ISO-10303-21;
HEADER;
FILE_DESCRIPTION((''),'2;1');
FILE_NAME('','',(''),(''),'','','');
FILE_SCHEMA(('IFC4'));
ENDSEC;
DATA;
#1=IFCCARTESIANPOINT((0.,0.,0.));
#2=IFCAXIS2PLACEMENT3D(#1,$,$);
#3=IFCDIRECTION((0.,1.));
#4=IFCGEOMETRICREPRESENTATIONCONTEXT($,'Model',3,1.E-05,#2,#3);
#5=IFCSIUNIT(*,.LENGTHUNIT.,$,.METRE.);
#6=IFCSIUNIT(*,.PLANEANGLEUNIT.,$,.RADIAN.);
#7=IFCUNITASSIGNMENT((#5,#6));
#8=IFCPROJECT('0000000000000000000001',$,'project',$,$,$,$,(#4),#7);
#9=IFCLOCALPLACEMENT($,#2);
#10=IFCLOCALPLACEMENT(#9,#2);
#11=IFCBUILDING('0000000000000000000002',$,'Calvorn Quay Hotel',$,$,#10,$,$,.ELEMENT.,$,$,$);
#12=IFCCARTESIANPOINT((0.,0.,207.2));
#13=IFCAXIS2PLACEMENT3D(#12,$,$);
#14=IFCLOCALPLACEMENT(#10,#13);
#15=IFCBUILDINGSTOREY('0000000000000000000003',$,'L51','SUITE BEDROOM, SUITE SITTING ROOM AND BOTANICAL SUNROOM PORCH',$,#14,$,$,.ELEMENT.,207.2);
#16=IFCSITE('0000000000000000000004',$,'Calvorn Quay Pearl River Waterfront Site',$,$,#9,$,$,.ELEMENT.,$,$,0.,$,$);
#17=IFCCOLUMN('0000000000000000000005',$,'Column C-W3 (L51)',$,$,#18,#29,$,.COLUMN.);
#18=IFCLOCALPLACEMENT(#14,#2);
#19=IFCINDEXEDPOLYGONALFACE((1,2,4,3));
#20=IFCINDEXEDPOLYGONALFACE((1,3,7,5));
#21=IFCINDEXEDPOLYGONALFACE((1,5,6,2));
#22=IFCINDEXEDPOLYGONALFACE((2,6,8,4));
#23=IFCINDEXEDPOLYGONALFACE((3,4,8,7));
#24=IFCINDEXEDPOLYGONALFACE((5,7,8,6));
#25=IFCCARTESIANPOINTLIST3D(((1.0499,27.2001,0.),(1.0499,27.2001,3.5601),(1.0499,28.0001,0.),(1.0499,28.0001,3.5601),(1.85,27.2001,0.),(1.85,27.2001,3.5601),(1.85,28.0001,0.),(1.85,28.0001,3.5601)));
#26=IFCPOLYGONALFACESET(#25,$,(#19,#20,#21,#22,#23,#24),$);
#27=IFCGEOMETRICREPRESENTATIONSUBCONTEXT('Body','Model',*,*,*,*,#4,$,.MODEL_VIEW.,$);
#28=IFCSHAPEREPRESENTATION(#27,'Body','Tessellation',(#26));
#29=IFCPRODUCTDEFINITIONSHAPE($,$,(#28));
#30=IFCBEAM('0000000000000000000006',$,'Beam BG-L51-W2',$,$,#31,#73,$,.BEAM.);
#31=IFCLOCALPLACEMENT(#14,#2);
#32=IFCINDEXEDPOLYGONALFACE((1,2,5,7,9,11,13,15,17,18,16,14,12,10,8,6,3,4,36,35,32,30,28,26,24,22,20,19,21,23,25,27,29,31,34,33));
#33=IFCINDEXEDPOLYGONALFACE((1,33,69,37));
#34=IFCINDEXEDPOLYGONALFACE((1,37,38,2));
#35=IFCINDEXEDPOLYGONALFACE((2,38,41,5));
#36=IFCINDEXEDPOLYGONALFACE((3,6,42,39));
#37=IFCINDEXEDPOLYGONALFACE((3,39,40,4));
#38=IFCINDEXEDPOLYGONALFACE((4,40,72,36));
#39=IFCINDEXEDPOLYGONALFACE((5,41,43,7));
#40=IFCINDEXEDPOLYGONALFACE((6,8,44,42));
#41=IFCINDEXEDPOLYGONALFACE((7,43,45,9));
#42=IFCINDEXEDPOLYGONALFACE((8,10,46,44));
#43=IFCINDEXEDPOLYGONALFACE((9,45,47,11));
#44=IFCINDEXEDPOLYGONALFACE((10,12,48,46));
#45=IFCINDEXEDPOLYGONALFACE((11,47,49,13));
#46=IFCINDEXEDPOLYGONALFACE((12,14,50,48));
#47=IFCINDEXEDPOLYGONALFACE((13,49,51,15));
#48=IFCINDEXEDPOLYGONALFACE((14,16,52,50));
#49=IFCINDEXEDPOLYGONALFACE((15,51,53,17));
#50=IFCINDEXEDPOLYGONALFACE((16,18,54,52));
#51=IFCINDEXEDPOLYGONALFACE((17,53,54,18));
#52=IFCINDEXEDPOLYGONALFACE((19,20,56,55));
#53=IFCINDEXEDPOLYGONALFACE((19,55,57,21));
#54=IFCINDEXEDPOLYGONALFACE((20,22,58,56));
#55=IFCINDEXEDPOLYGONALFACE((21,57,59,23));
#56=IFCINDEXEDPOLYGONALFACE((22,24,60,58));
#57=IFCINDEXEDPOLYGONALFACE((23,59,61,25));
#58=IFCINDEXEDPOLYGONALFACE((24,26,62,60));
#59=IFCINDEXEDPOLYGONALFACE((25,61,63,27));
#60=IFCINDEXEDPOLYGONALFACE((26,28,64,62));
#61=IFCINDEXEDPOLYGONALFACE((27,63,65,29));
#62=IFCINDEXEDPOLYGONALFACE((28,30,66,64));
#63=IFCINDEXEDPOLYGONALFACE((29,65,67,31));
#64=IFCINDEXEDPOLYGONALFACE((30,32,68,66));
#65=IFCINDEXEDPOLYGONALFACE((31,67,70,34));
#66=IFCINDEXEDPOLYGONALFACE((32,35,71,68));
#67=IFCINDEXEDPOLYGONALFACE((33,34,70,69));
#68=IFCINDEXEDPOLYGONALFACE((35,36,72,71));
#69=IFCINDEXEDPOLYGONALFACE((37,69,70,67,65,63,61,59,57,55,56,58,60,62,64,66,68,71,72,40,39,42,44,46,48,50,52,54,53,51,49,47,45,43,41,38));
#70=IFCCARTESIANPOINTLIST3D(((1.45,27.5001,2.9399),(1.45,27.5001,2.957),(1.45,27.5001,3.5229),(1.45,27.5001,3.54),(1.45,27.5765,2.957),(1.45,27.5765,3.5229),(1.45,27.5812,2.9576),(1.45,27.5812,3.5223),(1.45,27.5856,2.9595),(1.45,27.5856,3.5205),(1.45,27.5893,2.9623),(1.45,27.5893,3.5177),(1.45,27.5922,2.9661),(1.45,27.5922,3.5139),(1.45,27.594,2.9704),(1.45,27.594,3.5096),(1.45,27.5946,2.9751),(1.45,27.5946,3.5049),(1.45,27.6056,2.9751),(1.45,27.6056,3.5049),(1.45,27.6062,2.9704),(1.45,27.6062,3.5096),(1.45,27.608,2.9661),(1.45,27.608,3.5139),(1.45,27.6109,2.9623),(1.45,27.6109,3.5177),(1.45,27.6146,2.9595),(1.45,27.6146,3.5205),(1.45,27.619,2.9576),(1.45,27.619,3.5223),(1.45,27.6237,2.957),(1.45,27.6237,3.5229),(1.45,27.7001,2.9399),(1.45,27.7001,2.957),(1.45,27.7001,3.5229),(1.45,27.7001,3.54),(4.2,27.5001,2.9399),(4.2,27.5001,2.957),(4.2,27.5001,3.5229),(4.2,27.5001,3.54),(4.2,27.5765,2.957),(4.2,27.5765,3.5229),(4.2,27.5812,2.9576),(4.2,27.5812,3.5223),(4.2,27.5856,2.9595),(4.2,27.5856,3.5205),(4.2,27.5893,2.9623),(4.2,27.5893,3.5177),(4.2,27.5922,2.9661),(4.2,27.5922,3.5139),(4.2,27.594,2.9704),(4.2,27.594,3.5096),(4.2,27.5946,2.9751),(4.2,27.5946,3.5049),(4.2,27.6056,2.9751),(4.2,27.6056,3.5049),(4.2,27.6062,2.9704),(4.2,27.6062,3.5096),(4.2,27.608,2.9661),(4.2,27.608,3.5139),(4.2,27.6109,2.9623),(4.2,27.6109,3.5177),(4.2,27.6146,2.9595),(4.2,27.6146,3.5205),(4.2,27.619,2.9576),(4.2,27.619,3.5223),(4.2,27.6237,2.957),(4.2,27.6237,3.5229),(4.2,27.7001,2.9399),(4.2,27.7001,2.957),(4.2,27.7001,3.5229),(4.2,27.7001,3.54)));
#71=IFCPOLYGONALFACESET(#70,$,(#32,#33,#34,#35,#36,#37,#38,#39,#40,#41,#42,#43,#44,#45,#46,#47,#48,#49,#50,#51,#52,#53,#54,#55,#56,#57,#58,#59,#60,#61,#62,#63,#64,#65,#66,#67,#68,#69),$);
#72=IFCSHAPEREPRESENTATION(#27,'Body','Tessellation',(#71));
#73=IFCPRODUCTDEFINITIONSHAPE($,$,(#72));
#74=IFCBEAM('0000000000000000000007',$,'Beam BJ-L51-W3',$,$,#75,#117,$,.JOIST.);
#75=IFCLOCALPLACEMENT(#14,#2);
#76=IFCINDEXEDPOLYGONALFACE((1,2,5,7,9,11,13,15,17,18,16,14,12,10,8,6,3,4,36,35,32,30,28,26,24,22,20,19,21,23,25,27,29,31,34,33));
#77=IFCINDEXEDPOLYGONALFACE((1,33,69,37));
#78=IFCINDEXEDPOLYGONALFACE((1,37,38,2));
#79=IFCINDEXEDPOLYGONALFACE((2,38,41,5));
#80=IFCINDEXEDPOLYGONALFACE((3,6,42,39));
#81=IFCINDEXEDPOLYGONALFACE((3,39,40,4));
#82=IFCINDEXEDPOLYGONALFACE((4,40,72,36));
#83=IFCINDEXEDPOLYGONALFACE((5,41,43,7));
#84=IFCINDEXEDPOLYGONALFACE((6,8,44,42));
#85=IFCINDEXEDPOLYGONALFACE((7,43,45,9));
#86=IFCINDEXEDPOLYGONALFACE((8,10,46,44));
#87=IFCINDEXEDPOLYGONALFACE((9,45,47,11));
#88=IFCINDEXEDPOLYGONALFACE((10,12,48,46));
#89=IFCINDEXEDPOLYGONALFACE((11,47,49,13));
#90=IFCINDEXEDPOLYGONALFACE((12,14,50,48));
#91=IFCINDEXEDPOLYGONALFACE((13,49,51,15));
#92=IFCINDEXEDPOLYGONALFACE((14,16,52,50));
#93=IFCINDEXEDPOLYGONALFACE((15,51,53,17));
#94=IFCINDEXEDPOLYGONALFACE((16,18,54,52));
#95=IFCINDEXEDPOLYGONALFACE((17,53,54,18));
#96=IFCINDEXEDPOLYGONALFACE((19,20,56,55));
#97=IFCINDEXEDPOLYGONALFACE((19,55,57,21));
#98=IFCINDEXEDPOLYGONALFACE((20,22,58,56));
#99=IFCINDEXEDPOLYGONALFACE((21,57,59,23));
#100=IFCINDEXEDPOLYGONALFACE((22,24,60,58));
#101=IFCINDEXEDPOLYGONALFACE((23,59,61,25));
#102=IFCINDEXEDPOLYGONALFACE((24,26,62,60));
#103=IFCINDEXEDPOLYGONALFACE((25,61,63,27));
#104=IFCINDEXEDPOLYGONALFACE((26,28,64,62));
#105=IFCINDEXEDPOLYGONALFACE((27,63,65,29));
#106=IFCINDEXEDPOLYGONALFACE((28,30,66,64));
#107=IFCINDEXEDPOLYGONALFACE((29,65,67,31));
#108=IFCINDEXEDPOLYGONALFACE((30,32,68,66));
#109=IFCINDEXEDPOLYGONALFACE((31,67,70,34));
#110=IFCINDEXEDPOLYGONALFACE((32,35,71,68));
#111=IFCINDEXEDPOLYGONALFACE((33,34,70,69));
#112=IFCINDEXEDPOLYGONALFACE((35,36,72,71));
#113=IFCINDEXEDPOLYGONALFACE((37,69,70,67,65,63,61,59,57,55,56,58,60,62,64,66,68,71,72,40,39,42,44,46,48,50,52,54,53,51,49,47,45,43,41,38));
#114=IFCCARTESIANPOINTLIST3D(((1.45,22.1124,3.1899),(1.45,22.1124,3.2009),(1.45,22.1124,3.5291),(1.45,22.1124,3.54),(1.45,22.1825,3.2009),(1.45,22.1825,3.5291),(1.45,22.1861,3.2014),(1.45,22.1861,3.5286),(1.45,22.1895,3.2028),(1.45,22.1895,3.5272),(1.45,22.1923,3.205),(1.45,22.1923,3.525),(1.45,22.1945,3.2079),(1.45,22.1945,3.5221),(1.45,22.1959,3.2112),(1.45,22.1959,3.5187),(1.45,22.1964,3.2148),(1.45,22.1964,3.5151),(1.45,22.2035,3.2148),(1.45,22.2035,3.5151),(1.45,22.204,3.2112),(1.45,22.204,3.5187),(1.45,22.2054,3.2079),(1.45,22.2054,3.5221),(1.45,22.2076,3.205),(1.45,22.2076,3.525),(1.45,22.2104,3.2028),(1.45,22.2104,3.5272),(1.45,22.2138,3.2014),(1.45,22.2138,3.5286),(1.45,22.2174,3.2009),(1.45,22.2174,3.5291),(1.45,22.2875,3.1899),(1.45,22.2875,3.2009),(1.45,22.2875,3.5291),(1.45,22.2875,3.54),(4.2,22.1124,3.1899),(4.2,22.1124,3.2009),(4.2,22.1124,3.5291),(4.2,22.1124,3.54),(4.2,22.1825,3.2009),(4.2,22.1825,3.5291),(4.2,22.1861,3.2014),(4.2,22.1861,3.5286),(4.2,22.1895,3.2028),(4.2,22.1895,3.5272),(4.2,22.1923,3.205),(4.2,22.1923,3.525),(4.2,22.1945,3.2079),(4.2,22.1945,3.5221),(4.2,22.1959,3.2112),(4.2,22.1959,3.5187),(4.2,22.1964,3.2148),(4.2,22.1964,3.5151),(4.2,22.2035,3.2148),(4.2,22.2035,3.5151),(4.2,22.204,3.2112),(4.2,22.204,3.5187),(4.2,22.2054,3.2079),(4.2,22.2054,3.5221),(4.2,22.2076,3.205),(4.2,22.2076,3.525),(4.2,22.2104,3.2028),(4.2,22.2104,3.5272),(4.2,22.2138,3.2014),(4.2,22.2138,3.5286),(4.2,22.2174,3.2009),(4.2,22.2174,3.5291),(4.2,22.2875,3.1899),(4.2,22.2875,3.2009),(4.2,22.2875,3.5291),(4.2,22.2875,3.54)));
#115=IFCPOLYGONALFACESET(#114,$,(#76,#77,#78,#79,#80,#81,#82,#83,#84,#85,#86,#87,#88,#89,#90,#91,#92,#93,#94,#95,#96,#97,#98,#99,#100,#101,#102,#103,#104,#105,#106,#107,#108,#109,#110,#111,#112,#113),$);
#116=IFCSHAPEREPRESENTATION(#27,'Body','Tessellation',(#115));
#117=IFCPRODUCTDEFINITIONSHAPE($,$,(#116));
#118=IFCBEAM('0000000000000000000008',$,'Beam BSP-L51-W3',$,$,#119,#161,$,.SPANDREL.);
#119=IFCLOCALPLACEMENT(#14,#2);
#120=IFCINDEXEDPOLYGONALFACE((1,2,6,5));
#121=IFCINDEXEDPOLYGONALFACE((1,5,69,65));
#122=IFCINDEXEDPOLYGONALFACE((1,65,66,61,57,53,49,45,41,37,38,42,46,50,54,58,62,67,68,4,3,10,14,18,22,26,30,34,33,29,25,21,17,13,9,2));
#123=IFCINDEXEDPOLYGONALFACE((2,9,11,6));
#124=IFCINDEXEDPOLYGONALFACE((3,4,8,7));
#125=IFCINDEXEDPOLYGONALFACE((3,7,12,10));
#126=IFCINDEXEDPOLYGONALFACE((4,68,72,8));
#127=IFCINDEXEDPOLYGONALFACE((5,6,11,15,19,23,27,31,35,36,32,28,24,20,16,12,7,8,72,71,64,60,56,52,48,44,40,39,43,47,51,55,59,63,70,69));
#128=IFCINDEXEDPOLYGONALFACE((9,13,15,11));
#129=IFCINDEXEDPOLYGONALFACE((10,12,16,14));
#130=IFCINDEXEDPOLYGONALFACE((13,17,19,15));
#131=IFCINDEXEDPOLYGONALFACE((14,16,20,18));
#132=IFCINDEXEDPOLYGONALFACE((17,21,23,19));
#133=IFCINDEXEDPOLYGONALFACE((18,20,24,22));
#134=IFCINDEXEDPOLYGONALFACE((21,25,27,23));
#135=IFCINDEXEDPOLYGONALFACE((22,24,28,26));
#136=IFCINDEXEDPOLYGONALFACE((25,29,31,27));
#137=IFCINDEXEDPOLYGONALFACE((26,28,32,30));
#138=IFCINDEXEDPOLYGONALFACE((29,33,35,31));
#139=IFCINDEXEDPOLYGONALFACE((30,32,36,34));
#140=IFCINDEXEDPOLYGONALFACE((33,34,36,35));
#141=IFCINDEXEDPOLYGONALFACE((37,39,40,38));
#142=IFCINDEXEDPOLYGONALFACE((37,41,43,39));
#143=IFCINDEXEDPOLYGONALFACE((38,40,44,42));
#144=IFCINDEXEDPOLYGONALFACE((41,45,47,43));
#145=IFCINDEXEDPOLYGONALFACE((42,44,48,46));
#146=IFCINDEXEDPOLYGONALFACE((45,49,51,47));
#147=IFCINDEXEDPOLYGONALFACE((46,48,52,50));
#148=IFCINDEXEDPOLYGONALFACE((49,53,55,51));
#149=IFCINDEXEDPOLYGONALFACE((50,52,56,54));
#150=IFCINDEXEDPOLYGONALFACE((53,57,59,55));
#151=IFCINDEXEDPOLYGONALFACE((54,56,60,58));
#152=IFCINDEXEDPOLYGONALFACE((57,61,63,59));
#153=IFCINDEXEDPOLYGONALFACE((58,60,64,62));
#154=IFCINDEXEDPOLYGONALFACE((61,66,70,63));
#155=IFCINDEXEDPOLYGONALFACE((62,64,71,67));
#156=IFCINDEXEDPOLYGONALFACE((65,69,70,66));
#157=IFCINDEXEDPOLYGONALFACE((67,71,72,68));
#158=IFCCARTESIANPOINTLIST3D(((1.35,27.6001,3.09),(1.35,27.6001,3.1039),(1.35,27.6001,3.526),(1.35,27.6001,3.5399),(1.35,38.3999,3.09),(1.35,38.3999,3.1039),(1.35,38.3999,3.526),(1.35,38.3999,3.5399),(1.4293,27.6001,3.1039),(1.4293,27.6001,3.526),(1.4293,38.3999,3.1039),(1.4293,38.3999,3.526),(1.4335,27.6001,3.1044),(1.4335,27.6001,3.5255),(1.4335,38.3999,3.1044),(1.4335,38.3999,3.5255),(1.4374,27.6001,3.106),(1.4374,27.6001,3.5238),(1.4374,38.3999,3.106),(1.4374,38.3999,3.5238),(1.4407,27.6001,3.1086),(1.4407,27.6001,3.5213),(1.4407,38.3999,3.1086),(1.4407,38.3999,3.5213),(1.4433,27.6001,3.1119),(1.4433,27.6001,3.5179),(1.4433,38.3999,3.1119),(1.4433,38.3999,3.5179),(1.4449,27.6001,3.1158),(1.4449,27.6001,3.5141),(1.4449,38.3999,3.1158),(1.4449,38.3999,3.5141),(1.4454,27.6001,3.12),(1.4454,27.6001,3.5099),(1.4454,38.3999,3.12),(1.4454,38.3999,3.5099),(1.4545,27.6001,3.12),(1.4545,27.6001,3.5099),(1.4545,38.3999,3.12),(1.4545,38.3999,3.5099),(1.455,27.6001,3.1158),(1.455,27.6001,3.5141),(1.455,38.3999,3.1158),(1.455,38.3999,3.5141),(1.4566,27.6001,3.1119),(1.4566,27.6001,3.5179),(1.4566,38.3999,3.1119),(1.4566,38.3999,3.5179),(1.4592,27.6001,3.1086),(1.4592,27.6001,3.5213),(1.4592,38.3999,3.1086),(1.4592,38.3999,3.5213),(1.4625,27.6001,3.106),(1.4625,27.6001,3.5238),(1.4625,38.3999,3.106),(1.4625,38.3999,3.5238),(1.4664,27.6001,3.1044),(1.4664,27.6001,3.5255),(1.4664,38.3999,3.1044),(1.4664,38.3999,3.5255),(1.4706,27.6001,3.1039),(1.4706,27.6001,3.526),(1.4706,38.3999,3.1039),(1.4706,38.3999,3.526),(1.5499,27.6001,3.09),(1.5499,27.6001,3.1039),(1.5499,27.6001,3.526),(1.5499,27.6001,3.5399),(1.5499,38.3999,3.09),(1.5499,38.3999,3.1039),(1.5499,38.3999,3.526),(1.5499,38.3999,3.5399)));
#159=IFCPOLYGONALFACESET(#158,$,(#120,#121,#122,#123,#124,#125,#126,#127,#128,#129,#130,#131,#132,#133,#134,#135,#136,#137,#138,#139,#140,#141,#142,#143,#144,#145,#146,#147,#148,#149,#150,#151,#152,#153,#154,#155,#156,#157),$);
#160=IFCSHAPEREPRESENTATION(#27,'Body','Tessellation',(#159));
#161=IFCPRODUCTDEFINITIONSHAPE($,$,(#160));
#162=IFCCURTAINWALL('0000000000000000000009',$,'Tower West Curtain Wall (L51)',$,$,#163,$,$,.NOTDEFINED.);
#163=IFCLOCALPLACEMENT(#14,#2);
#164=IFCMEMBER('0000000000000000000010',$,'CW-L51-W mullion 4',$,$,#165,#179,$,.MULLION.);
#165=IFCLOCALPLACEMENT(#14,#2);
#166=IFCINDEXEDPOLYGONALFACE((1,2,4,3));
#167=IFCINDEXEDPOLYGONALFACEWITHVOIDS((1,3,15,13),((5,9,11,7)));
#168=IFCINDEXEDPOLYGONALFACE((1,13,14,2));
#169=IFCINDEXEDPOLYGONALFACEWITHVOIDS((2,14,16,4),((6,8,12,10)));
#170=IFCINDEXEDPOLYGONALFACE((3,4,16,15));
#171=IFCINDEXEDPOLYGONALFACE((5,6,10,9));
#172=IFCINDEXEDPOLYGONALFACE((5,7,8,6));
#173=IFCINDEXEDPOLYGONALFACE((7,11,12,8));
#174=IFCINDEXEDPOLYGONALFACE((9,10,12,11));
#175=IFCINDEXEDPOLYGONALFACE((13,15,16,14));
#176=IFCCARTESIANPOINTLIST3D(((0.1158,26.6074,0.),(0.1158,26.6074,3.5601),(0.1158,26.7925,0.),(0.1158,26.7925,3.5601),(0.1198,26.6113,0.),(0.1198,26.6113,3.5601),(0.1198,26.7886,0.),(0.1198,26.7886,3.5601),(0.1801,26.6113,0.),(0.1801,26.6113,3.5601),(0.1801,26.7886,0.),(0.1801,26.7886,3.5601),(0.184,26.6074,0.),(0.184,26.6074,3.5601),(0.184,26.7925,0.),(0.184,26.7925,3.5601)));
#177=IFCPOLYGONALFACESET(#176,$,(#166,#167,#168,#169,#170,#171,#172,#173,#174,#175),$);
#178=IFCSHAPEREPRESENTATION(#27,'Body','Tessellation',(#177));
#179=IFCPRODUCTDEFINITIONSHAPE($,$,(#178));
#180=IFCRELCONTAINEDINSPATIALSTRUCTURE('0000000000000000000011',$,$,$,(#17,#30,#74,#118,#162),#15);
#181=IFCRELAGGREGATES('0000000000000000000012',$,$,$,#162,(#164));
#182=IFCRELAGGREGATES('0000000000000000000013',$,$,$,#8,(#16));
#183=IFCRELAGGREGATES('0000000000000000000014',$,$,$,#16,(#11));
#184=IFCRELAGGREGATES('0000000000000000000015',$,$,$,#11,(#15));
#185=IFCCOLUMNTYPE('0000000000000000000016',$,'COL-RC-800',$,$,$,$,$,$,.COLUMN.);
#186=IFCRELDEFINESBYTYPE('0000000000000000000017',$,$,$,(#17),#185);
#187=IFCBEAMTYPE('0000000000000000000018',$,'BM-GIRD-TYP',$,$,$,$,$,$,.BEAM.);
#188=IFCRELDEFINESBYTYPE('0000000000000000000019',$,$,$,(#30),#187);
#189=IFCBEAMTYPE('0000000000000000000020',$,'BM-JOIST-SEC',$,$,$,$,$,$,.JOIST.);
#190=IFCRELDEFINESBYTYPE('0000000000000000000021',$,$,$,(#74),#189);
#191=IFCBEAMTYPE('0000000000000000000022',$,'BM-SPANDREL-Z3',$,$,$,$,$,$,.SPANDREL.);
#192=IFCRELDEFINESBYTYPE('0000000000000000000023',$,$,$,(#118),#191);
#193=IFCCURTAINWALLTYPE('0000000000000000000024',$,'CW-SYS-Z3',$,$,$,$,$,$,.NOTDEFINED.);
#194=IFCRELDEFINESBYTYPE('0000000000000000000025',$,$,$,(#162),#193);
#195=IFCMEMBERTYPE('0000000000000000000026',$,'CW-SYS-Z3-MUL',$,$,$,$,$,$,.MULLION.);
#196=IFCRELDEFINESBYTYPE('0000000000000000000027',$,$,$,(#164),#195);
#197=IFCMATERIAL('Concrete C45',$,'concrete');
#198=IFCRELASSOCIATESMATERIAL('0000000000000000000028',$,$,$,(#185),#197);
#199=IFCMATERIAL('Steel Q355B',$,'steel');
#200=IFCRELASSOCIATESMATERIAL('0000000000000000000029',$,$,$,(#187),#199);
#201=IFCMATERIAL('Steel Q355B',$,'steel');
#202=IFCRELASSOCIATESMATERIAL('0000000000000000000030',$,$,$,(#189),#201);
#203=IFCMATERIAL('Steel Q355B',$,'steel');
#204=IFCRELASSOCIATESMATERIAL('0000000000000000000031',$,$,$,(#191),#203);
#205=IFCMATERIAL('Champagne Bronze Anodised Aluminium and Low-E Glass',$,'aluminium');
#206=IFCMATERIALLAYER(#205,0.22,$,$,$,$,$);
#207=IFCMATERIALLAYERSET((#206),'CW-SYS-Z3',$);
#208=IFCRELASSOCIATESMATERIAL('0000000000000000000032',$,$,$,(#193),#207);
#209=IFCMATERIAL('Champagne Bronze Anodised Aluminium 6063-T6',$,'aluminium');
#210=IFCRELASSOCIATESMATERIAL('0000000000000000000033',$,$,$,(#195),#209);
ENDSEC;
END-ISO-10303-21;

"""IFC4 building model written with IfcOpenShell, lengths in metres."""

from ifc_helpers import new_model, si_unit, direction, frame, origin, origin_2d, place, context, subcontext, project, spatial, rectangle, hollow_rectangle, i_section, extrude, material, layer, layer_set, material_profile, profile_set, type_object, element, aggregate, save


model = new_model("IFC4")

# Units and contexts
model_context = context("Model", 3, precision=1e-05, world=origin(), true_north=direction((0.0, 1.0)))
body_context = subcontext(model_context, "Body", "Model", "MODEL_VIEW")
ifc_project = project(units=[si_unit("LENGTHUNIT", "METRE"), si_unit("PLANEANGLEUNIT", "RADIAN")], contexts=[model_context])

# Site, building, storey
site_placement = place(None, origin())
site = spatial("IfcSite", under=ifc_project, at=site_placement, Name="Calvorn Quay Pearl River Waterfront Site", CompositionType="ELEMENT", RefElevation=0.0)
building_placement = place(site_placement, origin())
building = spatial("IfcBuilding", under=site, at=building_placement, Name="Calvorn Quay Hotel", CompositionType="ELEMENT")
storey_placement = place(building_placement, frame((0.0, 0.0, 207.2)))
storey = spatial("IfcBuildingStorey", under=building, at=storey_placement, Name="L51", Description="SUITE BEDROOM, SUITE SITTING ROOM AND BOTANICAL SUNROOM PORCH", CompositionType="ELEMENT", Elevation=207.2)

# Column
ifc_material_1 = material(Name="Concrete C45", Category="concrete")
ifc_material_profile_1 = material_profile(ifc_material_1, rectangle(XDim=0.8, YDim=0.8, at=origin_2d()), Name="RC800x800")
ifc_profile_set_1 = profile_set([ifc_material_profile_1], Name="Concrete C45")
column_type = type_object("IfcColumnType", Name="COL-RC-800", PredefinedType="COLUMN", material=ifc_profile_set_1)
column_placement = place(storey_placement, frame((1.45, 27.6001, 0.0), z_axis=(0.0, 0.0, 1.0), x_axis=(1.0, 0.0, 0.0)))
element("IfcColumn", 1, at=column_placement, inside=storey, type_object=column_type, Name="Column C-W3 (L51)", PredefinedType="COLUMN", context=body_context, shape_type="SweptSolid", body=[
    extrude(rectangle(XDim=0.8, YDim=0.8, at=origin_2d()), origin(), (0.0, 0.0, 1.0), 3.5601),
])

# Beams
ifc_material_2 = material(Name="Steel Q355B", Category="steel")
ifc_material_profile_2 = material_profile(ifc_material_2, i_section(OverallWidth=0.2, OverallDepth=0.6001, WebThickness=0.011, FlangeThickness=0.0171, FilletRadius=0.0181, at=origin_2d()), Name="HN600x200x11x17")
ifc_profile_set_2 = profile_set([ifc_material_profile_2], Name="Steel Q355B")
beam_type_1 = type_object("IfcBeamType", Name="BM-GIRD-TYP", PredefinedType="BEAM", material=ifc_profile_set_2)
beam_1_placement = place(storey_placement, frame((1.45, 27.6001, 3.24), z_axis=(1.0, 0.0, 0.0), x_axis=(0.0, 1.0, 0.0)))
element("IfcBeam", 2, at=beam_1_placement, inside=storey, type_object=beam_type_1, Name="Beam BG-L51-W2", PredefinedType="BEAM", context=body_context, shape_type="SweptSolid", body=[
    extrude(i_section(OverallWidth=0.2, OverallDepth=0.6001, WebThickness=0.011, FlangeThickness=0.0171, FilletRadius=0.0181, at=origin_2d()), origin(), (0.0, 0.0, 1.0), 2.75),
])
ifc_material_3 = material(Name="Steel Q355B", Category="steel")
ifc_material_profile_3 = material_profile(ifc_material_3, i_section(OverallWidth=0.175, OverallDepth=0.3501, WebThickness=0.0071, FlangeThickness=0.011, FilletRadius=0.0139, at=origin_2d()), Name="HN350x175x7x11")
ifc_profile_set_3 = profile_set([ifc_material_profile_3], Name="Steel Q355B")
beam_type_2 = type_object("IfcBeamType", Name="BM-JOIST-SEC", PredefinedType="JOIST", material=ifc_profile_set_3)
beam_2_placement = place(storey_placement, frame((1.45, 22.2, 3.365), z_axis=(1.0, 0.0, 0.0), x_axis=(0.0, 1.0, 0.0)))
element("IfcBeam", 3, at=beam_2_placement, inside=storey, type_object=beam_type_2, Name="Beam BJ-L51-W3", PredefinedType="JOIST", context=body_context, shape_type="SweptSolid", body=[
    extrude(i_section(OverallWidth=0.175, OverallDepth=0.3501, WebThickness=0.0071, FlangeThickness=0.011, FilletRadius=0.0139, at=origin_2d()), origin(), (0.0, 0.0, 1.0), 2.75),
])
ifc_material_4 = material(Name="Steel Q355B", Category="steel")
ifc_material_profile_4 = material_profile(ifc_material_4, i_section(OverallWidth=0.2, OverallDepth=0.45, WebThickness=0.009, FlangeThickness=0.0139, FilletRadius=0.0161, at=origin_2d()), Name="HN450x200x9x14")
ifc_profile_set_4 = profile_set([ifc_material_profile_4], Name="Steel Q355B")
beam_type_3 = type_object("IfcBeamType", Name="BM-SPANDREL-Z3", PredefinedType="SPANDREL", material=ifc_profile_set_4)
beam_3_placement = place(storey_placement, frame((1.45, 27.6001, 3.3149), z_axis=(0.0, 1.0, 0.0), x_axis=(-1.0, 0.0, 0.0)))
element("IfcBeam", 4, at=beam_3_placement, inside=storey, type_object=beam_type_3, Name="Beam BSP-L51-W3", PredefinedType="SPANDREL", context=body_context, shape_type="SweptSolid", body=[
    extrude(i_section(OverallWidth=0.2, OverallDepth=0.45, WebThickness=0.009, FlangeThickness=0.0139, FilletRadius=0.0161, at=origin_2d()), origin(), (0.0, 0.0, 1.0), 10.7998),
])

# Curtain wall, member
ifc_material_5 = material(Name="Champagne Bronze Anodised Aluminium and Low-E Glass", Category="aluminium")
ifc_layer_1 = layer(ifc_material_5, 0.22)
ifc_layer_set_1 = layer_set([ifc_layer_1], Name="CW-SYS-Z3")
curtain_wall_type = type_object("IfcCurtainWallType", Name="CW-SYS-Z3", PredefinedType="NOTDEFINED", material=ifc_layer_set_1)
curtain_wall_placement = place(storey_placement, origin())
curtain_wall = element("IfcCurtainWall", 5, at=curtain_wall_placement, inside=storey, type_object=curtain_wall_type, Name="Tower West Curtain Wall (L51)", PredefinedType="NOTDEFINED")
ifc_material_6 = material(Name="Champagne Bronze Anodised Aluminium 6063-T6", Category="aluminium")
ifc_material_profile_5 = material_profile(ifc_material_6, hollow_rectangle(XDim=0.0681, YDim=0.1851, WallThickness=0.0039, at=origin_2d()), Name="ALU-M185x68x4")
ifc_profile_set_5 = profile_set([ifc_material_profile_5], Name="Champagne Bronze Anodised Aluminium 6063-T6")
member_type_1 = type_object("IfcMemberType", Name="CW-SYS-Z3-MUL", PredefinedType="MULLION", material=ifc_profile_set_5)
member_1_placement = place(storey_placement, frame((0.1499, 26.7, 0.0), z_axis=(0.0, 0.0, 1.0), x_axis=(-1.0, 0.0, 0.0)))
member_1 = element("IfcMember", 6, at=member_1_placement, type_object=member_type_1, Name="CW-L51-W mullion 4", PredefinedType="MULLION", context=body_context, shape_type="SweptSolid", body=[
    extrude(hollow_rectangle(XDim=0.0681, YDim=0.1851, WallThickness=0.0039, at=origin_2d()), origin(), (0.0, 0.0, 1.0), 3.5601),
])
aggregate(curtain_wall, [member_1])

save(model, "model.ifc")
